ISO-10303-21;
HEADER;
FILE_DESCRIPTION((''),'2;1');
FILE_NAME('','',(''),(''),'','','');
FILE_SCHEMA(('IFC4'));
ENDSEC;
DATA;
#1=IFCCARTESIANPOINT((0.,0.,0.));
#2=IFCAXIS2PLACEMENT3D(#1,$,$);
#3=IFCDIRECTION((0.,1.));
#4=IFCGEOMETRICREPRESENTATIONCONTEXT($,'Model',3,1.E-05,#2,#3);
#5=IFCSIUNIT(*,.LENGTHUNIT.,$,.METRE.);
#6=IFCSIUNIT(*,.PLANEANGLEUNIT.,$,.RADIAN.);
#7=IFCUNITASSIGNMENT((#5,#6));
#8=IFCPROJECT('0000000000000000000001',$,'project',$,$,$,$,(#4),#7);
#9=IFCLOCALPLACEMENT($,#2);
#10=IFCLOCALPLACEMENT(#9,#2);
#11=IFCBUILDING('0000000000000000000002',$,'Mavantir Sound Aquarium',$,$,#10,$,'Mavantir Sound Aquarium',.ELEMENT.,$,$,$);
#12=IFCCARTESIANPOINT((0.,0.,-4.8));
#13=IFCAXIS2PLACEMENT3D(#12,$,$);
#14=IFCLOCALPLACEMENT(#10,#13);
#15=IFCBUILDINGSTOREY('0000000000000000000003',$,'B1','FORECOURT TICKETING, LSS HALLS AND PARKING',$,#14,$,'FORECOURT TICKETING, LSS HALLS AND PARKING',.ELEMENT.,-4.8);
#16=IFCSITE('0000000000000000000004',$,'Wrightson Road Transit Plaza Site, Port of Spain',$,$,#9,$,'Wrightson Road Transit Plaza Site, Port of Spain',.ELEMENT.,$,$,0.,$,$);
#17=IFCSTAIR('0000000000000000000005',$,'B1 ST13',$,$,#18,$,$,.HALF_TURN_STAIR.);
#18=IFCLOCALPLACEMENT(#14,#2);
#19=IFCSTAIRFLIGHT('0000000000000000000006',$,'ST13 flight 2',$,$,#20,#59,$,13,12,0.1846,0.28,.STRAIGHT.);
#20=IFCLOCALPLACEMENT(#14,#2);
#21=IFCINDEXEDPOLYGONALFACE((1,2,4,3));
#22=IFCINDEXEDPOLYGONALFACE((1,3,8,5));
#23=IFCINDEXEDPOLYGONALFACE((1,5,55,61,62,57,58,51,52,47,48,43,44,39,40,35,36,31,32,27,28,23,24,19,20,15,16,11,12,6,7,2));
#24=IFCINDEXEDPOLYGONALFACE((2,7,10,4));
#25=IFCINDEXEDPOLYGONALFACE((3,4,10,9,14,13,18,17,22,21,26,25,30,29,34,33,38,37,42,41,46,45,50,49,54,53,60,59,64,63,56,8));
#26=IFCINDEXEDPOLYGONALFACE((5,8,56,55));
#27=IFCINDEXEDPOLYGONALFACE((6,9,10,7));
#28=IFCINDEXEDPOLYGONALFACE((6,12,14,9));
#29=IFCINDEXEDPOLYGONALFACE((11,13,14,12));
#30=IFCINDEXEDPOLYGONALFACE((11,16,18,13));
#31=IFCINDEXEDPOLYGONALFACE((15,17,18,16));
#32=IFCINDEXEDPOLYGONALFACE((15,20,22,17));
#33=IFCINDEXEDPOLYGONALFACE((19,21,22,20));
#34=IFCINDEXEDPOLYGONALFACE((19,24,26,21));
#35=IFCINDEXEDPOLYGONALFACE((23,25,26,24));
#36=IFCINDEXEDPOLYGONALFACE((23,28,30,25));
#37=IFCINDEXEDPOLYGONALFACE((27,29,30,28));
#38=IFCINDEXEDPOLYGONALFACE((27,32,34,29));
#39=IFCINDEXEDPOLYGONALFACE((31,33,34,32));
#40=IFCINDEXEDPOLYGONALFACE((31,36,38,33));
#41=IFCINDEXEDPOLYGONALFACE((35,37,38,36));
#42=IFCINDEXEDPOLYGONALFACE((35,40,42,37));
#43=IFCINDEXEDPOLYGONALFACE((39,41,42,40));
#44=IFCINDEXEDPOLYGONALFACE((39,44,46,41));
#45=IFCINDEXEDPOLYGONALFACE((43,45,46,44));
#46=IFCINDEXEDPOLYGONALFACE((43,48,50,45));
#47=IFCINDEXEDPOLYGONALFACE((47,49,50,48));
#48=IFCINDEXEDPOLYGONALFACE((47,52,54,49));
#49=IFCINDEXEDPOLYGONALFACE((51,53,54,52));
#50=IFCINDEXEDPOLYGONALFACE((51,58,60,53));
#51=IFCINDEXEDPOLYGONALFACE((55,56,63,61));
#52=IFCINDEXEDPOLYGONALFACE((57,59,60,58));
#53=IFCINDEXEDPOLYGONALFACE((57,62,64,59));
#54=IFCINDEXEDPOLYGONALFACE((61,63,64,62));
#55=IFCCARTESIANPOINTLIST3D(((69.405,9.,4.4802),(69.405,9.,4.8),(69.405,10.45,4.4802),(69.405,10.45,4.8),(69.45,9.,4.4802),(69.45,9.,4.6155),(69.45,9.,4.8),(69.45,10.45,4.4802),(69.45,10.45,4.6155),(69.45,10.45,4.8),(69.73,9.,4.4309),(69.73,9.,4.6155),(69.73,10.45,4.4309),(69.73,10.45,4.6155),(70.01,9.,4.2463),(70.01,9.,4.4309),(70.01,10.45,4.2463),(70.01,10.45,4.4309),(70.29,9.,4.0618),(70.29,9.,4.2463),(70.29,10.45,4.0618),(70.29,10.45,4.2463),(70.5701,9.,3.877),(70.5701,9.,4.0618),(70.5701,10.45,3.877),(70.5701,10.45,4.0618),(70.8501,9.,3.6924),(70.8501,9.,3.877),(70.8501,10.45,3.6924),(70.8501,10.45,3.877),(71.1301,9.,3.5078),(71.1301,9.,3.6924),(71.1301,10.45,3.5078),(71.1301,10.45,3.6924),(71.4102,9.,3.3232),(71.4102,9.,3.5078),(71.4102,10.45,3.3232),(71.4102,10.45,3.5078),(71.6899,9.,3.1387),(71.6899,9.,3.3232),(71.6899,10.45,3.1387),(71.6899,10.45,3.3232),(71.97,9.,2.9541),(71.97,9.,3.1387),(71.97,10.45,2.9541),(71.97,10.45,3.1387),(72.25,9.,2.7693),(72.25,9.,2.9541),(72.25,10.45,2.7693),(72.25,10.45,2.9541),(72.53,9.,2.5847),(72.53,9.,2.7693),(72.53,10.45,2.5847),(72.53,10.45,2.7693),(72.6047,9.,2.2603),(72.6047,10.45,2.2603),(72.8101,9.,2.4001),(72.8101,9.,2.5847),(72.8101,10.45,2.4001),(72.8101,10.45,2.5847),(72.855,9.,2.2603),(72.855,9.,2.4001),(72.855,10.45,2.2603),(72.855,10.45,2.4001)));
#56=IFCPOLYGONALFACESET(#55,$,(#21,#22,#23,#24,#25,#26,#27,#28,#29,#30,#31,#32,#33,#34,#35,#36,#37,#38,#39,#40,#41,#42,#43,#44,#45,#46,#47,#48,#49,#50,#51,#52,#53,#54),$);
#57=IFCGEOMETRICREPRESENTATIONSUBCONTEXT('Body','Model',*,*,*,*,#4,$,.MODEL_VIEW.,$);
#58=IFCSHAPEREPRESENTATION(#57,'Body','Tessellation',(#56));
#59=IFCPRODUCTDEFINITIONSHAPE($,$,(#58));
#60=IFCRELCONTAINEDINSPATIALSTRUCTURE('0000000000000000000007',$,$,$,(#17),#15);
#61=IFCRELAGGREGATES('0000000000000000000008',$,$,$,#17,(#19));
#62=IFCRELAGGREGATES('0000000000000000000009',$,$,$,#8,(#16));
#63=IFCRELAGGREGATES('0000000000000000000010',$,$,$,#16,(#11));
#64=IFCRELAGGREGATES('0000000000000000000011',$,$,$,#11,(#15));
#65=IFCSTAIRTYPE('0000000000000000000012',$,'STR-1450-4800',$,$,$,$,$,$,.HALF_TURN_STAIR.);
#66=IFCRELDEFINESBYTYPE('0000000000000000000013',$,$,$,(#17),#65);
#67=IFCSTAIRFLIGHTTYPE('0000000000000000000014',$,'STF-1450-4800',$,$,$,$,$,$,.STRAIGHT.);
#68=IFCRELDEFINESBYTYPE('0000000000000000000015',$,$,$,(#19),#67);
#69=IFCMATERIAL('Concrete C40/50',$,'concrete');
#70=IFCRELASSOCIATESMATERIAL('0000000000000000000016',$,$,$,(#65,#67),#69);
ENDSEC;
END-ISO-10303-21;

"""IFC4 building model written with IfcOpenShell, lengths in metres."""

from ifc_helpers import new_model, si_unit, direction, frame, origin, place, context, subcontext, project, spatial, polyline, outline, extrude, material, type_object, element, aggregate, save


model = new_model("IFC4")

# Units and contexts
model_context = context("Model", 3, precision=1e-05, world=origin(), true_north=direction((0.0, 1.0)))
body_context = subcontext(model_context, "Body", "Model", "MODEL_VIEW")
ifc_project = project(units=[si_unit("LENGTHUNIT", "METRE"), si_unit("PLANEANGLEUNIT", "RADIAN")], contexts=[model_context])

# Site, building, storey
site_placement = place(None, origin())
site = spatial("IfcSite", under=ifc_project, at=site_placement, Name="Wrightson Road Transit Plaza Site, Port of Spain", LongName="Wrightson Road Transit Plaza Site, Port of Spain", CompositionType="ELEMENT", RefElevation=0.0)
building_placement = place(site_placement, origin())
building = spatial("IfcBuilding", under=site, at=building_placement, Name="Mavantir Sound Aquarium", LongName="Mavantir Sound Aquarium", CompositionType="ELEMENT")
storey_placement = place(building_placement, frame((0.0, 0.0, -4.8)))
storey = spatial("IfcBuildingStorey", under=building, at=storey_placement, Name="B1", Description="FORECOURT TICKETING, LSS HALLS AND PARKING", LongName="FORECOURT TICKETING, LSS HALLS AND PARKING", CompositionType="ELEMENT", Elevation=-4.8)

# Shared definitions
ifc_material_1 = material(Name="Concrete C40/50", Category="concrete")

# Stair, stair flight
stair_type = type_object("IfcStairType", Name="STR-1450-4800", PredefinedType="HALF_TURN_STAIR", material=ifc_material_1)
stair_placement = place(storey_placement, origin())
stair = element("IfcStair", 1, at=stair_placement, inside=storey, type_object=stair_type, Name="B1 ST13", PredefinedType="HALF_TURN_STAIR")
stair_flight_type = type_object("IfcStairFlightType", Name="STF-1450-4800", PredefinedType="STRAIGHT", material=ifc_material_1)
stair_flight_1_placement = place(storey_placement, frame((72.8101, 9.7251, 2.4001), z_axis=(0.0, 0.0, 1.0), x_axis=(-1.0, 0.0, 0.0)))
stair_flight_1 = element("IfcStairFlight", 2, at=stair_flight_1_placement, type_object=stair_flight_type, Name="ST13 flight 2", NumberOfRisers=13, NumberOfTreads=12, PredefinedType="STRAIGHT", RiserHeight=0.1846, TreadLength=0.28, context=body_context, shape_type="SweptSolid", body=[
    extrude(outline(polyline([(-0.0449, -0.1399), (-0.0449, 0.0), (0.0, 0.0), (0.0, 0.1846), (0.28, 0.1846), (0.28, 0.3691), (0.5601, 0.3691), (0.5601, 0.554), (0.8401, 0.554), (0.8401, 0.7385), (1.1201, 0.7385), (1.1201, 0.9231), (1.3999, 0.9231), (1.3999, 1.1077), (1.6799, 1.1077), (1.6799, 1.2922), (1.96, 1.2922), (1.96, 1.4768), (2.24, 1.4768), (2.24, 1.6616), (2.52, 1.6616), (2.52, 1.8462), (2.8, 1.8462), (2.8, 2.0308), (3.0801, 2.0308), (3.0801, 2.2153), (3.3601, 2.2153), (3.3601, 2.3999), (3.405, 2.3999), (3.405, 2.0801), (3.3601, 2.0801), (0.2053, -0.1399), (-0.0449, -0.1399)])), frame((0.0, 0.7251, 0.0), z_axis=(0.0, -1.0, 0.0), x_axis=(1.0, 0.0, 0.0)), (0.0, 0.0, 1.0), 1.45),
])
aggregate(stair, [stair_flight_1])

save(model, "model.ifc")
